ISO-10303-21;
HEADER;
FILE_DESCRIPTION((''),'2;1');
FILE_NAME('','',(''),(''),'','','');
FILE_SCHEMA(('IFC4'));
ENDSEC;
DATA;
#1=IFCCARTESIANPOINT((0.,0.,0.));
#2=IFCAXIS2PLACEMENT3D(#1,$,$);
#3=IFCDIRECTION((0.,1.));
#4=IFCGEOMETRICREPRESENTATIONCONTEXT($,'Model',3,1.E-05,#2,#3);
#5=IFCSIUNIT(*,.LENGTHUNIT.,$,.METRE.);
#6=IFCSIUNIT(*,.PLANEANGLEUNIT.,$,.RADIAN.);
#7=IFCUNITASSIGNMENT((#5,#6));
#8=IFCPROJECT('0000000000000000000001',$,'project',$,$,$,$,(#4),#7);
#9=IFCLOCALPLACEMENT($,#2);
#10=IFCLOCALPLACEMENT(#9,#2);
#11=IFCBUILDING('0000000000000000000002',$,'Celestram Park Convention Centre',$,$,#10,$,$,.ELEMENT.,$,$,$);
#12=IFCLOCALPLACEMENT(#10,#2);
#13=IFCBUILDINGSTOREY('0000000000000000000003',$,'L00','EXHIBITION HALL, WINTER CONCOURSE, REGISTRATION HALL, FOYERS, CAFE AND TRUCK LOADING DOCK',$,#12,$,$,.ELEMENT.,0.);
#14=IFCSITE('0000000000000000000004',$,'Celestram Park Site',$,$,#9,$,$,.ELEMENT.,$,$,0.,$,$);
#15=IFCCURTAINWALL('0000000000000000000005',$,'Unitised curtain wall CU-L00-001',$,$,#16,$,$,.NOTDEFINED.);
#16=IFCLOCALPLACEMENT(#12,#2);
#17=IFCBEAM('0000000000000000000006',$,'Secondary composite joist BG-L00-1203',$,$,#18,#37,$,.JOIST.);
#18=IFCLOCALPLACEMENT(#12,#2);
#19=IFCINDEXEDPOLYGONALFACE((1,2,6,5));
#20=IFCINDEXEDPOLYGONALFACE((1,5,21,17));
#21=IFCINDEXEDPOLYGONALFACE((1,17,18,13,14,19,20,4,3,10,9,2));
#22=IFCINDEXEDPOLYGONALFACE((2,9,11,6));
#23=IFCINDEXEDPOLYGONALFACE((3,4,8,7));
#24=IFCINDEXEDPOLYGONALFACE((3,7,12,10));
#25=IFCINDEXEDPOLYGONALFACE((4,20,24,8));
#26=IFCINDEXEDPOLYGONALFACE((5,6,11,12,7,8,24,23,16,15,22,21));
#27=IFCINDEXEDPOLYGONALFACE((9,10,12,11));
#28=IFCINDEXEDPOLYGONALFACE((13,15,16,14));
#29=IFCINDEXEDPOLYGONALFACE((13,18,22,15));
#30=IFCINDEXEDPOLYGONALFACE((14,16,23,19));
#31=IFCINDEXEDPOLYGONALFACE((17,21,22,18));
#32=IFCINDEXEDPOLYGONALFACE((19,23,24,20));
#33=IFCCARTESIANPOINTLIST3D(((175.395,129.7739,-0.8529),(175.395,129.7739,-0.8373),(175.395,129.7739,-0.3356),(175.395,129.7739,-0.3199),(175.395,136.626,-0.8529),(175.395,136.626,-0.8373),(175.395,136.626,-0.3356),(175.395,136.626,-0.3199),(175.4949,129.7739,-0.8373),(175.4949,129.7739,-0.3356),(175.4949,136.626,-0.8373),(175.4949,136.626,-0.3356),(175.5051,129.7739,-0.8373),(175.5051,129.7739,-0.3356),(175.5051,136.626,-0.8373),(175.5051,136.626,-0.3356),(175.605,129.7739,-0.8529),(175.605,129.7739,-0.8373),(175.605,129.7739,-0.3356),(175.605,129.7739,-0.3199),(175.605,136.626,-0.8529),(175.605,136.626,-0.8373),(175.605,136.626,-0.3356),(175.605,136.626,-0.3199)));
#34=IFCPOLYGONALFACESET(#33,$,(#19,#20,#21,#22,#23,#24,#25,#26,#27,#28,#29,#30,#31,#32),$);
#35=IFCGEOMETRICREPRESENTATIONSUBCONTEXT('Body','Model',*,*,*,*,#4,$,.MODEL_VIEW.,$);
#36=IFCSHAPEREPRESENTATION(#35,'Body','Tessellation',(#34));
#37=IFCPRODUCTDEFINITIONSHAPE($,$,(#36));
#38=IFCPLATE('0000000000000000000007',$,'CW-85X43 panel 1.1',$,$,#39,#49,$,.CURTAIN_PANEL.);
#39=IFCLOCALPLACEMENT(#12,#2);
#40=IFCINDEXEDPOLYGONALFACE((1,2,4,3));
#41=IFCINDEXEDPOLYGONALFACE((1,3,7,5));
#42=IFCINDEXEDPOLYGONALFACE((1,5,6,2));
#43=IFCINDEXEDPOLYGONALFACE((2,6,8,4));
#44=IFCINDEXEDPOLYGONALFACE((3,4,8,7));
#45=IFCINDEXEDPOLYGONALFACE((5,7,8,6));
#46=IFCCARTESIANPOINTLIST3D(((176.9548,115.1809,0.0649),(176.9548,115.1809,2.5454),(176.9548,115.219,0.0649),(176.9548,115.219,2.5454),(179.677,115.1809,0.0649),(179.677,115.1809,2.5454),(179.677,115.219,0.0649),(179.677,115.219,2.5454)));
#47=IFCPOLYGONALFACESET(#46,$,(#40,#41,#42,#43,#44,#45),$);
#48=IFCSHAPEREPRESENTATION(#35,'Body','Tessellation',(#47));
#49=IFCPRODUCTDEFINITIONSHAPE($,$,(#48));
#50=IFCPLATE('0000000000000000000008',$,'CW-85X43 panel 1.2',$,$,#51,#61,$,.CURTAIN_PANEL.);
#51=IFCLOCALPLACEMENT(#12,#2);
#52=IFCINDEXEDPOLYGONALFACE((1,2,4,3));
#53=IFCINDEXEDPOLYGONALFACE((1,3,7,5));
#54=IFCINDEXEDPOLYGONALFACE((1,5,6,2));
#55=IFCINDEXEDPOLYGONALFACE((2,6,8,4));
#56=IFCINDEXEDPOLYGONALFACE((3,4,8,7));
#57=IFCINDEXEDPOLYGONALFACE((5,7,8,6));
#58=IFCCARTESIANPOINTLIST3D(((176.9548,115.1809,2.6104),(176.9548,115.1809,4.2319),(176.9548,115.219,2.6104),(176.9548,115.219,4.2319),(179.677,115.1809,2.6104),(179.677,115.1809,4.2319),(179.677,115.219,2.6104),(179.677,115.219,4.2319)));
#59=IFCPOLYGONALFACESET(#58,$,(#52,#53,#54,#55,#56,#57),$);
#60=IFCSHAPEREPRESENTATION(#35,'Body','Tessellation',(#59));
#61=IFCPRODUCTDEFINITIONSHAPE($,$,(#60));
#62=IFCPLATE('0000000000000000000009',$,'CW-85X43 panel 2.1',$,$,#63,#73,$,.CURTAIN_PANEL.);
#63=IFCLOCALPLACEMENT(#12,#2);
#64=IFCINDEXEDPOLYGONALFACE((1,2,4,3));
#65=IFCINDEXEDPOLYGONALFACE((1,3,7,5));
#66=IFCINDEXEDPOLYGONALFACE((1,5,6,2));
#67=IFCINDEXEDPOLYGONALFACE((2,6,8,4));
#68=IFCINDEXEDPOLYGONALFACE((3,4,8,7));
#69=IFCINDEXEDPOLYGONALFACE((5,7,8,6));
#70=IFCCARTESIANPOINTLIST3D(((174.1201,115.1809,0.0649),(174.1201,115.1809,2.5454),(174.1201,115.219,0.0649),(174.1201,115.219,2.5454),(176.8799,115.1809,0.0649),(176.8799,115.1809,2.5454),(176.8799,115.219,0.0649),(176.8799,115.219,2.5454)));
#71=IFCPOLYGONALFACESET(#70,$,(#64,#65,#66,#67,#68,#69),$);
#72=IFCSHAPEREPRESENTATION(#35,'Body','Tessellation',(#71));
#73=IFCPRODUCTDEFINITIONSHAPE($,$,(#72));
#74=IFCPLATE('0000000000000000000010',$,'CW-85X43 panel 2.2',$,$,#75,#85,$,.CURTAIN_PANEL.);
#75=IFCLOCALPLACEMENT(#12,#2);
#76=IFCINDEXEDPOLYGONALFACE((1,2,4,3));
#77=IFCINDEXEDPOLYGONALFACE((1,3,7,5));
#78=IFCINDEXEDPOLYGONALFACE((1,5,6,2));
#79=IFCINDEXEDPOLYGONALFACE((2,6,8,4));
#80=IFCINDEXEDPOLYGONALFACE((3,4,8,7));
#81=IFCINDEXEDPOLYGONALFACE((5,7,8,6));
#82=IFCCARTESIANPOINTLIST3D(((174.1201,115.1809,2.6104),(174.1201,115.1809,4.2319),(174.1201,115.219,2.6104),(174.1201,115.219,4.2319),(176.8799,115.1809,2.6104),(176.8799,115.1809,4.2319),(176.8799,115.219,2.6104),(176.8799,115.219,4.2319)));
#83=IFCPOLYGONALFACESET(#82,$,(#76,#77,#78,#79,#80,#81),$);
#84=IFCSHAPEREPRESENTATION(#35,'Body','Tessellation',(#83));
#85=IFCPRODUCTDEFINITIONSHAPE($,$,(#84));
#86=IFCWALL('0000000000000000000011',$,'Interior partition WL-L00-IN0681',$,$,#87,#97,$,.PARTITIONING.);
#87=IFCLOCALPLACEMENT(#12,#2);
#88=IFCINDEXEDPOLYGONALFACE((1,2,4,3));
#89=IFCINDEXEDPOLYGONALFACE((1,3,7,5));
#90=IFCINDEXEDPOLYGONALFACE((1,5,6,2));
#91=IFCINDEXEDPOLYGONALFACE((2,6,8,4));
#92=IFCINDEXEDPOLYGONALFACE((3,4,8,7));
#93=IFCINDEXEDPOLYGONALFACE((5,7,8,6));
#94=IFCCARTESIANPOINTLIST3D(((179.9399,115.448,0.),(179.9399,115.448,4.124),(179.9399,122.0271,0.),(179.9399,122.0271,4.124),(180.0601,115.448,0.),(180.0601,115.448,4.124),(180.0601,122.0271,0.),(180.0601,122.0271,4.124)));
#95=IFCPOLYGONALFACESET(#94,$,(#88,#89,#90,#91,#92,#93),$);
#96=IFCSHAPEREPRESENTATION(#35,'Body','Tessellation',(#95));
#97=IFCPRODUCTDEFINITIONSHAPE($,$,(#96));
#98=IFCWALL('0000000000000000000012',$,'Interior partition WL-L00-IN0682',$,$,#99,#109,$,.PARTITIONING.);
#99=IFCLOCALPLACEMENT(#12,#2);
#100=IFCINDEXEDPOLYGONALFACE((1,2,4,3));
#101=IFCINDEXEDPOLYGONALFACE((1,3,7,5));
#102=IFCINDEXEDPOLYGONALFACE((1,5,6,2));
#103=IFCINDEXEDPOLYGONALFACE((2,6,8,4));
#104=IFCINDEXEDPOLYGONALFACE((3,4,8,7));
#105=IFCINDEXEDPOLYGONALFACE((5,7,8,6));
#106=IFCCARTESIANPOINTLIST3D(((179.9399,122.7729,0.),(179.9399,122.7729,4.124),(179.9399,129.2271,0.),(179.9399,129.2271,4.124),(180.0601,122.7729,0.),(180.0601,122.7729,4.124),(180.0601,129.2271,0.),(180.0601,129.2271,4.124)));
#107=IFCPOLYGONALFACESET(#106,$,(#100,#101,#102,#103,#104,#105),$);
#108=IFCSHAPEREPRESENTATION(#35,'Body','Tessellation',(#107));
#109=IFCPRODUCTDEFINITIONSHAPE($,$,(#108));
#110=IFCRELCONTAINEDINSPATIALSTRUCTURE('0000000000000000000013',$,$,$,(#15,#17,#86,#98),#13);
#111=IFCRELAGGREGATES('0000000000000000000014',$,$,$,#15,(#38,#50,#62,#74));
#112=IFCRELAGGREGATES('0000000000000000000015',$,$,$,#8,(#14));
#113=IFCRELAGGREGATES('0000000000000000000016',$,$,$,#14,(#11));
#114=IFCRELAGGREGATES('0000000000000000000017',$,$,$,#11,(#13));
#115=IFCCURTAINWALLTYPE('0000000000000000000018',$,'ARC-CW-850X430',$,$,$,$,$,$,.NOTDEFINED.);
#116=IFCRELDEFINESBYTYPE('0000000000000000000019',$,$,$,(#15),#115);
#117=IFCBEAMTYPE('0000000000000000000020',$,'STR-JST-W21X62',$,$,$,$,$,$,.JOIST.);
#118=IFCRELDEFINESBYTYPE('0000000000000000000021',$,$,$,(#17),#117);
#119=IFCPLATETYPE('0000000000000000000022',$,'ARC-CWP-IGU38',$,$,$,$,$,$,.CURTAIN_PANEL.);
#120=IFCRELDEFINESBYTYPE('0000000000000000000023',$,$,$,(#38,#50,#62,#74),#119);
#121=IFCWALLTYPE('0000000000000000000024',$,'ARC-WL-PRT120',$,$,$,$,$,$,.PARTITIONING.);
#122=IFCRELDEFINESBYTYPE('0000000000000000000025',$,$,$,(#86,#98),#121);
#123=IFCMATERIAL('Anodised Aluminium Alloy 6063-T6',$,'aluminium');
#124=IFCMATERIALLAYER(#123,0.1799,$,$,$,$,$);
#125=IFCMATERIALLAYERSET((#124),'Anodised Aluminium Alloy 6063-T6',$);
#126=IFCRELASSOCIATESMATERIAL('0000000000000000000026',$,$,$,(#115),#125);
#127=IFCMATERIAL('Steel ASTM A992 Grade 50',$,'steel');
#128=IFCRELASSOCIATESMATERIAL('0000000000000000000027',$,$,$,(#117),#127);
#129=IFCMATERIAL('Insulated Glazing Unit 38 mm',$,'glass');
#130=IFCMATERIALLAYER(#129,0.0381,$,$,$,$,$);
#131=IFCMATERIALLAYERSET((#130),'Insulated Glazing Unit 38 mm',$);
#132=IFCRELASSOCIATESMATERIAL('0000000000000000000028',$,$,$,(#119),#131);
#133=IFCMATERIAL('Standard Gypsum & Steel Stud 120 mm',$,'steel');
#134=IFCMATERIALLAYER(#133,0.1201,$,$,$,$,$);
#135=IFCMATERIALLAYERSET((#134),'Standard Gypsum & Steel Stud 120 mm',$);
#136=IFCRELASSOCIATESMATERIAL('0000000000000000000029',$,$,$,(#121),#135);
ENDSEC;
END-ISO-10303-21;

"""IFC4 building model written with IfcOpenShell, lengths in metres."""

from ifc_helpers import new_model, si_unit, direction, frame, frame_2d, origin, origin_2d, place, context, subcontext, project, spatial, rectangle, i_section, extrude, material, layer, layer_set, material_profile, profile_set, type_object, element, aggregate, save


model = new_model("IFC4")

# Units and contexts
model_context = context("Model", 3, precision=1e-05, world=origin(), true_north=direction((0.0, 1.0)))
body_context = subcontext(model_context, "Body", "Model", "MODEL_VIEW")
ifc_project = project(units=[si_unit("LENGTHUNIT", "METRE"), si_unit("PLANEANGLEUNIT", "RADIAN")], contexts=[model_context])

# Site, building, storey
site_placement = place(None, origin())
site = spatial("IfcSite", under=ifc_project, at=site_placement, Name="Celestram Park Site", CompositionType="ELEMENT", RefElevation=0.0)
building_placement = place(site_placement, origin())
building = spatial("IfcBuilding", under=site, at=building_placement, Name="Celestram Park Convention Centre", CompositionType="ELEMENT")
storey_placement = place(building_placement, origin())
storey = spatial("IfcBuildingStorey", under=building, at=storey_placement, Name="L00", Description="EXHIBITION HALL, WINTER CONCOURSE, REGISTRATION HALL, FOYERS, CAFE AND TRUCK LOADING DOCK", CompositionType="ELEMENT", Elevation=0.0)

# Curtain wall
ifc_material_1 = material(Name="Anodised Aluminium Alloy 6063-T6", Category="aluminium")
ifc_layer_1 = layer(ifc_material_1, 0.1799)
ifc_layer_set_1 = layer_set([ifc_layer_1], Name="Anodised Aluminium Alloy 6063-T6")
curtain_wall_type = type_object("IfcCurtainWallType", Name="ARC-CW-850X430", PredefinedType="NOTDEFINED", material=ifc_layer_set_1)
curtain_wall_placement = place(storey_placement, origin())
curtain_wall = element("IfcCurtainWall", 1, at=curtain_wall_placement, inside=storey, type_object=curtain_wall_type, Name="Unitised curtain wall CU-L00-001", PredefinedType="NOTDEFINED")

# Beam
ifc_material_2 = material(Name="Steel ASTM A992 Grade 50", Category="steel")
ifc_material_profile_1 = material_profile(ifc_material_2, i_section(OverallWidth=0.21, OverallDepth=0.533, WebThickness=0.0103, FlangeThickness=0.0156, at=origin_2d()), Name="W21X62")
ifc_profile_set_1 = profile_set([ifc_material_profile_1], Name="Steel ASTM A992 Grade 50")
beam_type_1 = type_object("IfcBeamType", Name="STR-JST-W21X62", PredefinedType="JOIST", material=ifc_profile_set_1)
for number, where, z_axis, x_axis, name in (
    (2, (175.5, 129.7739, -0.5864), (0.0, 1.0, 0.0), (-1.0, 0.0, 0.0), "Secondary composite joist BG-L00-1203"),
):
    element("IfcBeam", number, at=place(storey_placement, frame(where, z_axis=z_axis, x_axis=x_axis)), inside=storey, type_object=beam_type_1, Name=name, PredefinedType="JOIST", context=body_context, shape_type="SweptSolid", body=[
        extrude(i_section(OverallWidth=0.21, OverallDepth=0.533, WebThickness=0.0103, FlangeThickness=0.0156, at=origin_2d()), origin(), (0.0, 0.0, 1.0), 6.8521),
    ])

# Plates
ifc_material_3 = material(Name="Insulated Glazing Unit 38 mm", Category="glass")
ifc_layer_2 = layer(ifc_material_3, 0.0381)
ifc_layer_set_2 = layer_set([ifc_layer_2], Name="Insulated Glazing Unit 38 mm")
plate_type = type_object("IfcPlateType", Name="ARC-CWP-IGU38", PredefinedType="CURTAIN_PANEL", material=ifc_layer_set_2)
plate_1_placement = place(storey_placement, frame((178.3159, 115.2, 0.0649), z_axis=(0.0, 0.0, 1.0), x_axis=(-1.0, 0.0, 0.0)))
plate_1 = element("IfcPlate", 3, at=plate_1_placement, type_object=plate_type, Name="CW-85X43 panel 1.1", PredefinedType="CURTAIN_PANEL", context=body_context, shape_type="SweptSolid", body=[
    extrude(rectangle(XDim=2.7222, YDim=0.0381, at=origin_2d()), origin(), (0.0, 0.0, 1.0), 2.4805),
])
plate_2_placement = place(storey_placement, frame((178.3159, 115.2, 2.6104), z_axis=(0.0, 0.0, 1.0), x_axis=(-1.0, 0.0, 0.0)))
plate_2 = element("IfcPlate", 4, at=plate_2_placement, type_object=plate_type, Name="CW-85X43 panel 1.2", PredefinedType="CURTAIN_PANEL", context=body_context, shape_type="SweptSolid", body=[
    extrude(rectangle(XDim=2.7222, YDim=0.0381, at=origin_2d()), origin(), (0.0, 0.0, 1.0), 1.6216),
])
plate_3_placement = place(storey_placement, frame((175.5, 115.2, 0.0649), z_axis=(0.0, 0.0, 1.0), x_axis=(-1.0, 0.0, 0.0)))
plate_3 = element("IfcPlate", 5, at=plate_3_placement, type_object=plate_type, Name="CW-85X43 panel 2.1", PredefinedType="CURTAIN_PANEL", context=body_context, shape_type="SweptSolid", body=[
    extrude(rectangle(XDim=2.7598, YDim=0.0381, at=origin_2d()), origin(), (0.0, 0.0, 1.0), 2.4805),
])
plate_4_placement = place(storey_placement, frame((175.5, 115.2, 2.6104), z_axis=(0.0, 0.0, 1.0), x_axis=(-1.0, 0.0, 0.0)))
plate_4 = element("IfcPlate", 6, at=plate_4_placement, type_object=plate_type, Name="CW-85X43 panel 2.2", PredefinedType="CURTAIN_PANEL", context=body_context, shape_type="SweptSolid", body=[
    extrude(rectangle(XDim=2.7598, YDim=0.0381, at=origin_2d()), origin(), (0.0, 0.0, 1.0), 1.6216),
])
aggregate(curtain_wall, [plate_1, plate_2, plate_3, plate_4])

# Walls
ifc_material_4 = material(Name="Standard Gypsum & Steel Stud 120 mm", Category="steel")
ifc_layer_3 = layer(ifc_material_4, 0.1201)
ifc_layer_set_3 = layer_set([ifc_layer_3], Name="Standard Gypsum & Steel Stud 120 mm")
wall_type = type_object("IfcWallType", Name="ARC-WL-PRT120", PredefinedType="PARTITIONING", material=ifc_layer_set_3)
wall_1_placement = place(storey_placement, frame((180.0, 115.448, 0.0), z_axis=(0.0, 0.0, 1.0), x_axis=(0.0, 1.0, 0.0)))
element("IfcWall", 7, at=wall_1_placement, inside=storey, type_object=wall_type, Name="Interior partition WL-L00-IN0681", PredefinedType="PARTITIONING", context=body_context, shape_type="SweptSolid", body=[
    extrude(rectangle(XDim=6.5791, YDim=0.1201, at=frame_2d((3.2896, 0.0))), origin(), (0.0, 0.0, 1.0), 4.124),
])
wall_2_placement = place(storey_placement, frame((180.0, 122.7729, 0.0), z_axis=(0.0, 0.0, 1.0), x_axis=(0.0, 1.0, 0.0)))
element("IfcWall", 8, at=wall_2_placement, inside=storey, type_object=wall_type, Name="Interior partition WL-L00-IN0682", PredefinedType="PARTITIONING", context=body_context, shape_type="SweptSolid", body=[
    extrude(rectangle(XDim=6.4541, YDim=0.1201, at=frame_2d((3.2271, 0.0))), origin(), (0.0, 0.0, 1.0), 4.124),
])

save(model, "model.ifc")
